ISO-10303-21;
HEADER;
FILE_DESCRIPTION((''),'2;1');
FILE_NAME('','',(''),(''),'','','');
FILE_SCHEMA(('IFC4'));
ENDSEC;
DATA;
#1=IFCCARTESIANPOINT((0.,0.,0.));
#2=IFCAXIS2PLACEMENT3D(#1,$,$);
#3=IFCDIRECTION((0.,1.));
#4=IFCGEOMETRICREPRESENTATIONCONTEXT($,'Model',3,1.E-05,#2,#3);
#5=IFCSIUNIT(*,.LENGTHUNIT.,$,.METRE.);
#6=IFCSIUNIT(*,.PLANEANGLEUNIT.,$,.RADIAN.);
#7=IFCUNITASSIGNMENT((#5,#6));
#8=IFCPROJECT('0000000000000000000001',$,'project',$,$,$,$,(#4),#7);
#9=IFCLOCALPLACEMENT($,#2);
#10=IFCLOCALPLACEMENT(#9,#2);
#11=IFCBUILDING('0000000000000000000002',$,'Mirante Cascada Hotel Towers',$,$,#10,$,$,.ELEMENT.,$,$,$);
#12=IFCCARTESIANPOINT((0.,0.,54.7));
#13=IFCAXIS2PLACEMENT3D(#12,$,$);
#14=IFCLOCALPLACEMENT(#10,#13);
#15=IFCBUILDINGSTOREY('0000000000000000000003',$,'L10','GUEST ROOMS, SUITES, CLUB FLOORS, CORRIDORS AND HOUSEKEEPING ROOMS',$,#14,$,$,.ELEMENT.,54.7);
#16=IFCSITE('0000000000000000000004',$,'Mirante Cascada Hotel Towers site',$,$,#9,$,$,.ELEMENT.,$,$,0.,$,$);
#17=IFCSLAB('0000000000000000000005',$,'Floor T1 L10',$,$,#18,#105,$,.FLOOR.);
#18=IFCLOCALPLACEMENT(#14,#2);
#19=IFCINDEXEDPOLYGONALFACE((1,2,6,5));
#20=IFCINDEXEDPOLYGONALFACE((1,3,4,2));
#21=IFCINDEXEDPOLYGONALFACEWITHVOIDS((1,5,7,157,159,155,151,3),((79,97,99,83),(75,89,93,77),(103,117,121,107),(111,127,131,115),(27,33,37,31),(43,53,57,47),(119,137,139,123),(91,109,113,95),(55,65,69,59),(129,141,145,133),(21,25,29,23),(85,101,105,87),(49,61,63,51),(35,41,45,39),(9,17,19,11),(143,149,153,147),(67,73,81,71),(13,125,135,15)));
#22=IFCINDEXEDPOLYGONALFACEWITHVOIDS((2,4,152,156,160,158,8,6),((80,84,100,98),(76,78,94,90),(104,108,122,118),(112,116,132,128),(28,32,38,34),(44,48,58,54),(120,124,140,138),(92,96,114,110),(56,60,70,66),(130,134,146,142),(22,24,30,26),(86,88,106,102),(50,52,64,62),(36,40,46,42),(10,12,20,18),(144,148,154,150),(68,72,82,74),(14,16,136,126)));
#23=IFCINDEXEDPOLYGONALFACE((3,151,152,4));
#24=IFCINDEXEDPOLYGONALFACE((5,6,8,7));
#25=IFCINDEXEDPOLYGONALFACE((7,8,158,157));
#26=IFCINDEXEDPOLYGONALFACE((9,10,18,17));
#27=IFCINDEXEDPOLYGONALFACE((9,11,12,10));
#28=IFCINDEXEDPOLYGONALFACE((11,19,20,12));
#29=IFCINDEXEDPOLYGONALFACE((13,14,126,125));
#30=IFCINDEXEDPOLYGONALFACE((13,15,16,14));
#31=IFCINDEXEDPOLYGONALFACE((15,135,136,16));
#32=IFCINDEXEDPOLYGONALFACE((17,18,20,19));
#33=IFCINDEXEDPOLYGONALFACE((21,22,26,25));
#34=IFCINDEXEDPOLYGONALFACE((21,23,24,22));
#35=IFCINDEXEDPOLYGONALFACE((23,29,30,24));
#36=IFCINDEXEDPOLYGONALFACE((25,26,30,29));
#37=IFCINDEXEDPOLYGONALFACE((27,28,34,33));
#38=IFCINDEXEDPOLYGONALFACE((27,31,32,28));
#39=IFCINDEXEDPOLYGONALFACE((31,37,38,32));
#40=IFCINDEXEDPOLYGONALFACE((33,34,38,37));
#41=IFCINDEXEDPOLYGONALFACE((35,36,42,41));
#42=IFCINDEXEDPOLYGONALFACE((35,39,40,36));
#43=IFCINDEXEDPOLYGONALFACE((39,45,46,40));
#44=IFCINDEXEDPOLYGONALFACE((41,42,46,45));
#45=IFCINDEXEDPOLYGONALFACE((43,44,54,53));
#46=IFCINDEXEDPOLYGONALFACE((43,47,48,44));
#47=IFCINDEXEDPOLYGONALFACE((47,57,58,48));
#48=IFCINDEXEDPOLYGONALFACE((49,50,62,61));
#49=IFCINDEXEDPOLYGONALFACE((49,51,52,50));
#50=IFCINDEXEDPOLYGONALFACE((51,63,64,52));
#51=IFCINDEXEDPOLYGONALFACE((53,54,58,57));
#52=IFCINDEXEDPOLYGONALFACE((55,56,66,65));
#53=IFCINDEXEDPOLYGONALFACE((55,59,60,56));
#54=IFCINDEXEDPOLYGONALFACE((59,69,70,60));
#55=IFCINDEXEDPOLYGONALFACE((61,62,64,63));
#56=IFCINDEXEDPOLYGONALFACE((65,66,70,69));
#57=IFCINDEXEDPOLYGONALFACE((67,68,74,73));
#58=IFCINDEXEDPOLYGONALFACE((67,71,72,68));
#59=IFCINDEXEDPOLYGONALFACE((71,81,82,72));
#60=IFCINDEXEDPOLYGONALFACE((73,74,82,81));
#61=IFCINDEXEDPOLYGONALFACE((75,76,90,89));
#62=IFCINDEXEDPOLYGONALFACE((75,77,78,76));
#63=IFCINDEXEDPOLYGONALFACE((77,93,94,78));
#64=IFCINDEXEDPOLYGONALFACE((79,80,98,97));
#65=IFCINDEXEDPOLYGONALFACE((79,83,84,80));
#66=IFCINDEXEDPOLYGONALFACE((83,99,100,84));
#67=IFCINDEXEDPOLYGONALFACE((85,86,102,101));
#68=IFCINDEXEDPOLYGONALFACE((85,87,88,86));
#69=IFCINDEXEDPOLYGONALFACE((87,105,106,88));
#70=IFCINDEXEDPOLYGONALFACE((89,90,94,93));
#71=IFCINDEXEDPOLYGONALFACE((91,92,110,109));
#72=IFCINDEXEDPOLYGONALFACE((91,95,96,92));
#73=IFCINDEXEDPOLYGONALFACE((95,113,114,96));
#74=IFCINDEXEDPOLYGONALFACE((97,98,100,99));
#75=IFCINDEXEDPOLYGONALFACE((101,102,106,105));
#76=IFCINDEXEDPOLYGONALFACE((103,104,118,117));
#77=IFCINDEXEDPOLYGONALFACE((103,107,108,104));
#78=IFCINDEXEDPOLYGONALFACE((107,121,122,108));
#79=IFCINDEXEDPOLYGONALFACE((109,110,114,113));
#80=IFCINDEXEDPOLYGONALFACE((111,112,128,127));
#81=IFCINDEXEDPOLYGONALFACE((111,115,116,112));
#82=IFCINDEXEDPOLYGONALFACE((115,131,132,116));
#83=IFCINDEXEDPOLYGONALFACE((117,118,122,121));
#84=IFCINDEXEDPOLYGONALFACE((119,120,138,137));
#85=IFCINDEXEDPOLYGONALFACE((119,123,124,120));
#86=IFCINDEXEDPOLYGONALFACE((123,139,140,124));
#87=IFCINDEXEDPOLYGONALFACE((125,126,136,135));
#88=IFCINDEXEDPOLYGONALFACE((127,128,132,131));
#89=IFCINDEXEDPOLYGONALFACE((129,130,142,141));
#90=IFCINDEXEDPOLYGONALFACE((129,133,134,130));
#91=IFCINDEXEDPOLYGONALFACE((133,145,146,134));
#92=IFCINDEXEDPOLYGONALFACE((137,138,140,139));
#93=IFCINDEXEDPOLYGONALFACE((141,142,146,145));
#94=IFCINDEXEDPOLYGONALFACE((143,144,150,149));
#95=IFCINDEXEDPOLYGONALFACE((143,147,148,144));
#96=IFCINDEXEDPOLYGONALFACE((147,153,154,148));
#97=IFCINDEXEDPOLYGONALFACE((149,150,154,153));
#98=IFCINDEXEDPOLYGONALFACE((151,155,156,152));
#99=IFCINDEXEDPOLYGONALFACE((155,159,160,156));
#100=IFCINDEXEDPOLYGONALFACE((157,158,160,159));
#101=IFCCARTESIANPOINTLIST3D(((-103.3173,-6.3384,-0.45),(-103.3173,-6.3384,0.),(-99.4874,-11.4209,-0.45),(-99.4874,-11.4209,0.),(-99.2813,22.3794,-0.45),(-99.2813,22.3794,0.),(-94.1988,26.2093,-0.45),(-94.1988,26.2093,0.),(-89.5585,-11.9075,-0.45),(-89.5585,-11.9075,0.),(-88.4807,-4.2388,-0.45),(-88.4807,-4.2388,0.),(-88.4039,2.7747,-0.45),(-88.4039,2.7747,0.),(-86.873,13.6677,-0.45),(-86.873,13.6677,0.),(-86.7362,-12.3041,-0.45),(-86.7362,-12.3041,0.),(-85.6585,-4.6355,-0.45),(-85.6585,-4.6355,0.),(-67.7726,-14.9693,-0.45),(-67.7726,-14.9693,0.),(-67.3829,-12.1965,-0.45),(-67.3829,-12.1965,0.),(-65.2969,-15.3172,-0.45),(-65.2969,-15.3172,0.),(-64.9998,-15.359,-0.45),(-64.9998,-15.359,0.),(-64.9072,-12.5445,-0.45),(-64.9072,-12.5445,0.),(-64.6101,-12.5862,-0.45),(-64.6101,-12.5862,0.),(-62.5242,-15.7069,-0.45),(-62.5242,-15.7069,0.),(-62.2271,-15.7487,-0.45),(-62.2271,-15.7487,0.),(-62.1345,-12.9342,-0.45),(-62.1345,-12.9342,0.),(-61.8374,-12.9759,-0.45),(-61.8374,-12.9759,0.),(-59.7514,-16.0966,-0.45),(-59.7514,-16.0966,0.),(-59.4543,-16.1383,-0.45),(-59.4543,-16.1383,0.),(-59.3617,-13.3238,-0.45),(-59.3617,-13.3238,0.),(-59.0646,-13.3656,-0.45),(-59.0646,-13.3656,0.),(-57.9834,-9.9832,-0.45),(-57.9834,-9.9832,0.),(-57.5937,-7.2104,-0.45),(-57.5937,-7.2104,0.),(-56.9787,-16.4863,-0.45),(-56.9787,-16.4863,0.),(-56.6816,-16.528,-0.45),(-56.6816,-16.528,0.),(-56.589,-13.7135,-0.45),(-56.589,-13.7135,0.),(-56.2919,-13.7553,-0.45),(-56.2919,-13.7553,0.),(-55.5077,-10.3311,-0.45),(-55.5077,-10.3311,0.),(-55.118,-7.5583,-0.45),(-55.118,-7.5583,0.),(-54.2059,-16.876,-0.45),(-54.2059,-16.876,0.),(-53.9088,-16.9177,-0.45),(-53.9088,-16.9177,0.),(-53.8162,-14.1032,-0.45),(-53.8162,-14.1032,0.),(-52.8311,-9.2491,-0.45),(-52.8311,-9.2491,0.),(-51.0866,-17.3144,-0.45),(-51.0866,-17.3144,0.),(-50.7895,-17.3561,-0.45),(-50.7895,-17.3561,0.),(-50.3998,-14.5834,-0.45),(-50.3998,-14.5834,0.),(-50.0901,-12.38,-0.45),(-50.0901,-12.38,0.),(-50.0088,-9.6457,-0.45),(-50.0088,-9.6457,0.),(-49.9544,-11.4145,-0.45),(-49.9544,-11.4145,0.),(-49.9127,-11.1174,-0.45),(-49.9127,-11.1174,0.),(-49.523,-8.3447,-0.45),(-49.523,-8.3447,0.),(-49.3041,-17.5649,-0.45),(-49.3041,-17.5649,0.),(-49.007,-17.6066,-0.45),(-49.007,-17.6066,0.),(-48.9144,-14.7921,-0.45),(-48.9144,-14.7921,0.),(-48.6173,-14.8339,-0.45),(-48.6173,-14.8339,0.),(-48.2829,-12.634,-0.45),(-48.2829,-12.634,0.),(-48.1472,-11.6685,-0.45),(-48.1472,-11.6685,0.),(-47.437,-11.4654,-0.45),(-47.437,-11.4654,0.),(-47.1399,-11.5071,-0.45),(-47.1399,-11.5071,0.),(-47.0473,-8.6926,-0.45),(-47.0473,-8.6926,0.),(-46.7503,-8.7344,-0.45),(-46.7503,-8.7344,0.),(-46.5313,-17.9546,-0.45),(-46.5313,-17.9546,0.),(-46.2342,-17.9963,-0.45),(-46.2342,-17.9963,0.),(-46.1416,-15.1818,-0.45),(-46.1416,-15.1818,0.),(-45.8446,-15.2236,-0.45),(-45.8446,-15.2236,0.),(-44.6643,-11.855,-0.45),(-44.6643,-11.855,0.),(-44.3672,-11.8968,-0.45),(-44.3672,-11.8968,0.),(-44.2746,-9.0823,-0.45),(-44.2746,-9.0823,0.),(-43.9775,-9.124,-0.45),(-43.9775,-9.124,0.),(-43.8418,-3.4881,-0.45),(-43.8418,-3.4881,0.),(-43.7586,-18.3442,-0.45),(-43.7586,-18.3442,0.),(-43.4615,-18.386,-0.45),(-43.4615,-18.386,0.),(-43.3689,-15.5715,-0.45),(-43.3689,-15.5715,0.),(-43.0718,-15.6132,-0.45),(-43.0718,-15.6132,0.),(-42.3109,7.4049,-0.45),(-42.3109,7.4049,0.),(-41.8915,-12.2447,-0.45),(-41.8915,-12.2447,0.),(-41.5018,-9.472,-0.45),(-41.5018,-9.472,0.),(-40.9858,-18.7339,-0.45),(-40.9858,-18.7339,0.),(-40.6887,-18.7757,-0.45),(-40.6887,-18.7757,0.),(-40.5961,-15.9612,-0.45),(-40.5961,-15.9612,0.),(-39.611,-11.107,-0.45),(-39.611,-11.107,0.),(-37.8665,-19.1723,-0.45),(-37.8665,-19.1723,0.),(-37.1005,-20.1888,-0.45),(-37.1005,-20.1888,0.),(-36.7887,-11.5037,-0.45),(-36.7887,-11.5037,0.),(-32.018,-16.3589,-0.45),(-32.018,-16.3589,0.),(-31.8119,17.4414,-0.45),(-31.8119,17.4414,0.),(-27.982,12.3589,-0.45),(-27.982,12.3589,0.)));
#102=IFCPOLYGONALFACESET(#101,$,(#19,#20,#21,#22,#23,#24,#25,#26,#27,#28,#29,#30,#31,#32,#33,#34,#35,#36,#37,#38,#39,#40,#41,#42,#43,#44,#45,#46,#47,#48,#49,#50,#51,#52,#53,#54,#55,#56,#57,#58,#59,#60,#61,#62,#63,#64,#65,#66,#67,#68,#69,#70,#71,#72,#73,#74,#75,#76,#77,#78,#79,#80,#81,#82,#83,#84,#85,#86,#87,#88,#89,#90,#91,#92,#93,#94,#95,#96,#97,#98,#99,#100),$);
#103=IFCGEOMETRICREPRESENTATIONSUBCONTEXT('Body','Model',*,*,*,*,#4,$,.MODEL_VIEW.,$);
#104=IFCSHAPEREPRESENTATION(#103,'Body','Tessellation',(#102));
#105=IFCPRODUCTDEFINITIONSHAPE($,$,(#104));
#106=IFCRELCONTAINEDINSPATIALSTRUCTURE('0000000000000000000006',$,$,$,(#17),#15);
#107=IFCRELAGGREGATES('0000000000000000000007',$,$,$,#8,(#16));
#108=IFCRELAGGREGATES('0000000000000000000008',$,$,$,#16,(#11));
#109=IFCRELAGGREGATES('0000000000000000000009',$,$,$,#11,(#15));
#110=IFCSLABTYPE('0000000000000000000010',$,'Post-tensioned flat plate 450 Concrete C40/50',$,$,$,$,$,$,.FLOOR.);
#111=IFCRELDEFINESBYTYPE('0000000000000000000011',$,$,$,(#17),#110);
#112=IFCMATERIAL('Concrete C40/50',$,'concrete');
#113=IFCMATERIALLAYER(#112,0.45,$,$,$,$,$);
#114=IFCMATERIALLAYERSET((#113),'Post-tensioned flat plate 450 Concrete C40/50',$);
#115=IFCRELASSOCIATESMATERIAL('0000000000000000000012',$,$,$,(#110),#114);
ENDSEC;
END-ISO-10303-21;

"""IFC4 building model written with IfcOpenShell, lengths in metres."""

from ifc_helpers import new_model, si_unit, direction, frame, origin, place, context, subcontext, project, spatial, polyline, outline, extrude, material, layer, layer_set, type_object, element, save


model = new_model("IFC4")

# Units and contexts
model_context = context("Model", 3, precision=1e-05, world=origin(), true_north=direction((0.0, 1.0)))
body_context = subcontext(model_context, "Body", "Model", "MODEL_VIEW")
ifc_project = project(units=[si_unit("LENGTHUNIT", "METRE"), si_unit("PLANEANGLEUNIT", "RADIAN")], contexts=[model_context])

# Site, building, storey
site_placement = place(None, origin())
site = spatial("IfcSite", under=ifc_project, at=site_placement, Name="Mirante Cascada Hotel Towers site", CompositionType="ELEMENT", RefElevation=0.0)
building_placement = place(site_placement, origin())
building = spatial("IfcBuilding", under=site, at=building_placement, Name="Mirante Cascada Hotel Towers", CompositionType="ELEMENT")
storey_placement = place(building_placement, frame((0.0, 0.0, 54.7)))
storey = spatial("IfcBuildingStorey", under=building, at=storey_placement, Name="L10", Description="GUEST ROOMS, SUITES, CLUB FLOORS, CORRIDORS AND HOUSEKEEPING ROOMS", CompositionType="ELEMENT", Elevation=54.7)

# Slab
ifc_material_1 = material(Name="Concrete C40/50", Category="concrete")
ifc_layer_1 = layer(ifc_material_1, 0.45)
ifc_layer_set_1 = layer_set([ifc_layer_1], Name="Post-tensioned flat plate 450 Concrete C40/50")
slab_type = type_object("IfcSlabType", Name="Post-tensioned flat plate 450 Concrete C40/50", PredefinedType="FLOOR", material=ifc_layer_set_1)
slab_1_placement = place(storey_placement, frame((0.0, 0.0, -0.45)))
element("IfcSlab", 1, at=slab_1_placement, inside=storey, type_object=slab_type, Name="Floor T1 L10", PredefinedType="FLOOR", context=body_context, shape_type="SweptSolid", body=[
    extrude(outline(polyline([(-32.018, -16.3589), (-27.982, 12.3589), (-31.8119, 17.4414), (-94.1988, 26.2093), (-99.2813, 22.3794), (-103.3173, -6.3384), (-99.4874, -11.4209), (-37.1005, -20.1888), (-32.018, -16.3589)]), holes=[polyline([(-43.0718, -15.6132), (-40.5961, -15.9612), (-40.9858, -18.7339), (-43.4615, -18.386), (-43.0718, -15.6132)]), polyline([(-45.8446, -15.2236), (-43.3689, -15.5715), (-43.7586, -18.3442), (-46.2342, -17.9963), (-45.8446, -15.2236)]), polyline([(-48.6173, -14.8339), (-46.1416, -15.1818), (-46.5313, -17.9546), (-49.007, -17.6066), (-48.6173, -14.8339)]), polyline([(-50.3998, -14.5834), (-48.9144, -14.7921), (-49.3041, -17.5649), (-50.7895, -17.3561), (-50.3998, -14.5834)]), polyline([(-36.7887, -11.5037), (-37.8665, -19.1723), (-40.6887, -18.7757), (-39.611, -11.107), (-36.7887, -11.5037)]), polyline([(-49.9544, -11.4145), (-48.1472, -11.6685), (-48.2829, -12.634), (-50.0901, -12.38), (-49.9544, -11.4145)]), polyline([(-43.9775, -9.124), (-41.5018, -9.472), (-41.8915, -12.2447), (-44.3672, -11.8968), (-43.9775, -9.124)]), polyline([(-47.1399, -11.5071), (-46.7503, -8.7344), (-44.2746, -9.0823), (-44.6643, -11.855), (-47.1399, -11.5071)]), polyline([(-49.9127, -11.1174), (-49.523, -8.3447), (-47.0473, -8.6926), (-47.437, -11.4654), (-49.9127, -11.1174)]), polyline([(-56.2919, -13.7553), (-53.8162, -14.1032), (-54.2059, -16.876), (-56.6816, -16.528), (-56.2919, -13.7553)]), polyline([(-59.0646, -13.3656), (-56.589, -13.7135), (-56.9787, -16.4863), (-59.4543, -16.1383), (-59.0646, -13.3656)]), polyline([(-61.8374, -12.9759), (-59.3617, -13.3238), (-59.7514, -16.0966), (-62.2271, -15.7487), (-61.8374, -12.9759)]), polyline([(-64.6101, -12.5862), (-62.1345, -12.9342), (-62.5242, -15.7069), (-64.9998, -15.359), (-64.6101, -12.5862)]), polyline([(-67.3829, -12.1965), (-64.9072, -12.5445), (-65.2969, -15.3172), (-67.7726, -14.9693), (-67.3829, -12.1965)]), polyline([(-50.0088, -9.6457), (-51.0866, -17.3144), (-53.9088, -16.9177), (-52.8311, -9.2491), (-50.0088, -9.6457)]), polyline([(-85.6585, -4.6355), (-86.7362, -12.3041), (-89.5585, -11.9075), (-88.4807, -4.2388), (-85.6585, -4.6355)]), polyline([(-57.9834, -9.9832), (-57.5937, -7.2104), (-55.118, -7.5583), (-55.5077, -10.3311), (-57.9834, -9.9832)]), polyline([(-88.4039, 2.7747), (-86.873, 13.6677), (-42.3109, 7.4049), (-43.8418, -3.4881), (-88.4039, 2.7747)])]), origin(), (0.0, 0.0, 1.0), 0.45),
])

save(model, "model.ifc")
